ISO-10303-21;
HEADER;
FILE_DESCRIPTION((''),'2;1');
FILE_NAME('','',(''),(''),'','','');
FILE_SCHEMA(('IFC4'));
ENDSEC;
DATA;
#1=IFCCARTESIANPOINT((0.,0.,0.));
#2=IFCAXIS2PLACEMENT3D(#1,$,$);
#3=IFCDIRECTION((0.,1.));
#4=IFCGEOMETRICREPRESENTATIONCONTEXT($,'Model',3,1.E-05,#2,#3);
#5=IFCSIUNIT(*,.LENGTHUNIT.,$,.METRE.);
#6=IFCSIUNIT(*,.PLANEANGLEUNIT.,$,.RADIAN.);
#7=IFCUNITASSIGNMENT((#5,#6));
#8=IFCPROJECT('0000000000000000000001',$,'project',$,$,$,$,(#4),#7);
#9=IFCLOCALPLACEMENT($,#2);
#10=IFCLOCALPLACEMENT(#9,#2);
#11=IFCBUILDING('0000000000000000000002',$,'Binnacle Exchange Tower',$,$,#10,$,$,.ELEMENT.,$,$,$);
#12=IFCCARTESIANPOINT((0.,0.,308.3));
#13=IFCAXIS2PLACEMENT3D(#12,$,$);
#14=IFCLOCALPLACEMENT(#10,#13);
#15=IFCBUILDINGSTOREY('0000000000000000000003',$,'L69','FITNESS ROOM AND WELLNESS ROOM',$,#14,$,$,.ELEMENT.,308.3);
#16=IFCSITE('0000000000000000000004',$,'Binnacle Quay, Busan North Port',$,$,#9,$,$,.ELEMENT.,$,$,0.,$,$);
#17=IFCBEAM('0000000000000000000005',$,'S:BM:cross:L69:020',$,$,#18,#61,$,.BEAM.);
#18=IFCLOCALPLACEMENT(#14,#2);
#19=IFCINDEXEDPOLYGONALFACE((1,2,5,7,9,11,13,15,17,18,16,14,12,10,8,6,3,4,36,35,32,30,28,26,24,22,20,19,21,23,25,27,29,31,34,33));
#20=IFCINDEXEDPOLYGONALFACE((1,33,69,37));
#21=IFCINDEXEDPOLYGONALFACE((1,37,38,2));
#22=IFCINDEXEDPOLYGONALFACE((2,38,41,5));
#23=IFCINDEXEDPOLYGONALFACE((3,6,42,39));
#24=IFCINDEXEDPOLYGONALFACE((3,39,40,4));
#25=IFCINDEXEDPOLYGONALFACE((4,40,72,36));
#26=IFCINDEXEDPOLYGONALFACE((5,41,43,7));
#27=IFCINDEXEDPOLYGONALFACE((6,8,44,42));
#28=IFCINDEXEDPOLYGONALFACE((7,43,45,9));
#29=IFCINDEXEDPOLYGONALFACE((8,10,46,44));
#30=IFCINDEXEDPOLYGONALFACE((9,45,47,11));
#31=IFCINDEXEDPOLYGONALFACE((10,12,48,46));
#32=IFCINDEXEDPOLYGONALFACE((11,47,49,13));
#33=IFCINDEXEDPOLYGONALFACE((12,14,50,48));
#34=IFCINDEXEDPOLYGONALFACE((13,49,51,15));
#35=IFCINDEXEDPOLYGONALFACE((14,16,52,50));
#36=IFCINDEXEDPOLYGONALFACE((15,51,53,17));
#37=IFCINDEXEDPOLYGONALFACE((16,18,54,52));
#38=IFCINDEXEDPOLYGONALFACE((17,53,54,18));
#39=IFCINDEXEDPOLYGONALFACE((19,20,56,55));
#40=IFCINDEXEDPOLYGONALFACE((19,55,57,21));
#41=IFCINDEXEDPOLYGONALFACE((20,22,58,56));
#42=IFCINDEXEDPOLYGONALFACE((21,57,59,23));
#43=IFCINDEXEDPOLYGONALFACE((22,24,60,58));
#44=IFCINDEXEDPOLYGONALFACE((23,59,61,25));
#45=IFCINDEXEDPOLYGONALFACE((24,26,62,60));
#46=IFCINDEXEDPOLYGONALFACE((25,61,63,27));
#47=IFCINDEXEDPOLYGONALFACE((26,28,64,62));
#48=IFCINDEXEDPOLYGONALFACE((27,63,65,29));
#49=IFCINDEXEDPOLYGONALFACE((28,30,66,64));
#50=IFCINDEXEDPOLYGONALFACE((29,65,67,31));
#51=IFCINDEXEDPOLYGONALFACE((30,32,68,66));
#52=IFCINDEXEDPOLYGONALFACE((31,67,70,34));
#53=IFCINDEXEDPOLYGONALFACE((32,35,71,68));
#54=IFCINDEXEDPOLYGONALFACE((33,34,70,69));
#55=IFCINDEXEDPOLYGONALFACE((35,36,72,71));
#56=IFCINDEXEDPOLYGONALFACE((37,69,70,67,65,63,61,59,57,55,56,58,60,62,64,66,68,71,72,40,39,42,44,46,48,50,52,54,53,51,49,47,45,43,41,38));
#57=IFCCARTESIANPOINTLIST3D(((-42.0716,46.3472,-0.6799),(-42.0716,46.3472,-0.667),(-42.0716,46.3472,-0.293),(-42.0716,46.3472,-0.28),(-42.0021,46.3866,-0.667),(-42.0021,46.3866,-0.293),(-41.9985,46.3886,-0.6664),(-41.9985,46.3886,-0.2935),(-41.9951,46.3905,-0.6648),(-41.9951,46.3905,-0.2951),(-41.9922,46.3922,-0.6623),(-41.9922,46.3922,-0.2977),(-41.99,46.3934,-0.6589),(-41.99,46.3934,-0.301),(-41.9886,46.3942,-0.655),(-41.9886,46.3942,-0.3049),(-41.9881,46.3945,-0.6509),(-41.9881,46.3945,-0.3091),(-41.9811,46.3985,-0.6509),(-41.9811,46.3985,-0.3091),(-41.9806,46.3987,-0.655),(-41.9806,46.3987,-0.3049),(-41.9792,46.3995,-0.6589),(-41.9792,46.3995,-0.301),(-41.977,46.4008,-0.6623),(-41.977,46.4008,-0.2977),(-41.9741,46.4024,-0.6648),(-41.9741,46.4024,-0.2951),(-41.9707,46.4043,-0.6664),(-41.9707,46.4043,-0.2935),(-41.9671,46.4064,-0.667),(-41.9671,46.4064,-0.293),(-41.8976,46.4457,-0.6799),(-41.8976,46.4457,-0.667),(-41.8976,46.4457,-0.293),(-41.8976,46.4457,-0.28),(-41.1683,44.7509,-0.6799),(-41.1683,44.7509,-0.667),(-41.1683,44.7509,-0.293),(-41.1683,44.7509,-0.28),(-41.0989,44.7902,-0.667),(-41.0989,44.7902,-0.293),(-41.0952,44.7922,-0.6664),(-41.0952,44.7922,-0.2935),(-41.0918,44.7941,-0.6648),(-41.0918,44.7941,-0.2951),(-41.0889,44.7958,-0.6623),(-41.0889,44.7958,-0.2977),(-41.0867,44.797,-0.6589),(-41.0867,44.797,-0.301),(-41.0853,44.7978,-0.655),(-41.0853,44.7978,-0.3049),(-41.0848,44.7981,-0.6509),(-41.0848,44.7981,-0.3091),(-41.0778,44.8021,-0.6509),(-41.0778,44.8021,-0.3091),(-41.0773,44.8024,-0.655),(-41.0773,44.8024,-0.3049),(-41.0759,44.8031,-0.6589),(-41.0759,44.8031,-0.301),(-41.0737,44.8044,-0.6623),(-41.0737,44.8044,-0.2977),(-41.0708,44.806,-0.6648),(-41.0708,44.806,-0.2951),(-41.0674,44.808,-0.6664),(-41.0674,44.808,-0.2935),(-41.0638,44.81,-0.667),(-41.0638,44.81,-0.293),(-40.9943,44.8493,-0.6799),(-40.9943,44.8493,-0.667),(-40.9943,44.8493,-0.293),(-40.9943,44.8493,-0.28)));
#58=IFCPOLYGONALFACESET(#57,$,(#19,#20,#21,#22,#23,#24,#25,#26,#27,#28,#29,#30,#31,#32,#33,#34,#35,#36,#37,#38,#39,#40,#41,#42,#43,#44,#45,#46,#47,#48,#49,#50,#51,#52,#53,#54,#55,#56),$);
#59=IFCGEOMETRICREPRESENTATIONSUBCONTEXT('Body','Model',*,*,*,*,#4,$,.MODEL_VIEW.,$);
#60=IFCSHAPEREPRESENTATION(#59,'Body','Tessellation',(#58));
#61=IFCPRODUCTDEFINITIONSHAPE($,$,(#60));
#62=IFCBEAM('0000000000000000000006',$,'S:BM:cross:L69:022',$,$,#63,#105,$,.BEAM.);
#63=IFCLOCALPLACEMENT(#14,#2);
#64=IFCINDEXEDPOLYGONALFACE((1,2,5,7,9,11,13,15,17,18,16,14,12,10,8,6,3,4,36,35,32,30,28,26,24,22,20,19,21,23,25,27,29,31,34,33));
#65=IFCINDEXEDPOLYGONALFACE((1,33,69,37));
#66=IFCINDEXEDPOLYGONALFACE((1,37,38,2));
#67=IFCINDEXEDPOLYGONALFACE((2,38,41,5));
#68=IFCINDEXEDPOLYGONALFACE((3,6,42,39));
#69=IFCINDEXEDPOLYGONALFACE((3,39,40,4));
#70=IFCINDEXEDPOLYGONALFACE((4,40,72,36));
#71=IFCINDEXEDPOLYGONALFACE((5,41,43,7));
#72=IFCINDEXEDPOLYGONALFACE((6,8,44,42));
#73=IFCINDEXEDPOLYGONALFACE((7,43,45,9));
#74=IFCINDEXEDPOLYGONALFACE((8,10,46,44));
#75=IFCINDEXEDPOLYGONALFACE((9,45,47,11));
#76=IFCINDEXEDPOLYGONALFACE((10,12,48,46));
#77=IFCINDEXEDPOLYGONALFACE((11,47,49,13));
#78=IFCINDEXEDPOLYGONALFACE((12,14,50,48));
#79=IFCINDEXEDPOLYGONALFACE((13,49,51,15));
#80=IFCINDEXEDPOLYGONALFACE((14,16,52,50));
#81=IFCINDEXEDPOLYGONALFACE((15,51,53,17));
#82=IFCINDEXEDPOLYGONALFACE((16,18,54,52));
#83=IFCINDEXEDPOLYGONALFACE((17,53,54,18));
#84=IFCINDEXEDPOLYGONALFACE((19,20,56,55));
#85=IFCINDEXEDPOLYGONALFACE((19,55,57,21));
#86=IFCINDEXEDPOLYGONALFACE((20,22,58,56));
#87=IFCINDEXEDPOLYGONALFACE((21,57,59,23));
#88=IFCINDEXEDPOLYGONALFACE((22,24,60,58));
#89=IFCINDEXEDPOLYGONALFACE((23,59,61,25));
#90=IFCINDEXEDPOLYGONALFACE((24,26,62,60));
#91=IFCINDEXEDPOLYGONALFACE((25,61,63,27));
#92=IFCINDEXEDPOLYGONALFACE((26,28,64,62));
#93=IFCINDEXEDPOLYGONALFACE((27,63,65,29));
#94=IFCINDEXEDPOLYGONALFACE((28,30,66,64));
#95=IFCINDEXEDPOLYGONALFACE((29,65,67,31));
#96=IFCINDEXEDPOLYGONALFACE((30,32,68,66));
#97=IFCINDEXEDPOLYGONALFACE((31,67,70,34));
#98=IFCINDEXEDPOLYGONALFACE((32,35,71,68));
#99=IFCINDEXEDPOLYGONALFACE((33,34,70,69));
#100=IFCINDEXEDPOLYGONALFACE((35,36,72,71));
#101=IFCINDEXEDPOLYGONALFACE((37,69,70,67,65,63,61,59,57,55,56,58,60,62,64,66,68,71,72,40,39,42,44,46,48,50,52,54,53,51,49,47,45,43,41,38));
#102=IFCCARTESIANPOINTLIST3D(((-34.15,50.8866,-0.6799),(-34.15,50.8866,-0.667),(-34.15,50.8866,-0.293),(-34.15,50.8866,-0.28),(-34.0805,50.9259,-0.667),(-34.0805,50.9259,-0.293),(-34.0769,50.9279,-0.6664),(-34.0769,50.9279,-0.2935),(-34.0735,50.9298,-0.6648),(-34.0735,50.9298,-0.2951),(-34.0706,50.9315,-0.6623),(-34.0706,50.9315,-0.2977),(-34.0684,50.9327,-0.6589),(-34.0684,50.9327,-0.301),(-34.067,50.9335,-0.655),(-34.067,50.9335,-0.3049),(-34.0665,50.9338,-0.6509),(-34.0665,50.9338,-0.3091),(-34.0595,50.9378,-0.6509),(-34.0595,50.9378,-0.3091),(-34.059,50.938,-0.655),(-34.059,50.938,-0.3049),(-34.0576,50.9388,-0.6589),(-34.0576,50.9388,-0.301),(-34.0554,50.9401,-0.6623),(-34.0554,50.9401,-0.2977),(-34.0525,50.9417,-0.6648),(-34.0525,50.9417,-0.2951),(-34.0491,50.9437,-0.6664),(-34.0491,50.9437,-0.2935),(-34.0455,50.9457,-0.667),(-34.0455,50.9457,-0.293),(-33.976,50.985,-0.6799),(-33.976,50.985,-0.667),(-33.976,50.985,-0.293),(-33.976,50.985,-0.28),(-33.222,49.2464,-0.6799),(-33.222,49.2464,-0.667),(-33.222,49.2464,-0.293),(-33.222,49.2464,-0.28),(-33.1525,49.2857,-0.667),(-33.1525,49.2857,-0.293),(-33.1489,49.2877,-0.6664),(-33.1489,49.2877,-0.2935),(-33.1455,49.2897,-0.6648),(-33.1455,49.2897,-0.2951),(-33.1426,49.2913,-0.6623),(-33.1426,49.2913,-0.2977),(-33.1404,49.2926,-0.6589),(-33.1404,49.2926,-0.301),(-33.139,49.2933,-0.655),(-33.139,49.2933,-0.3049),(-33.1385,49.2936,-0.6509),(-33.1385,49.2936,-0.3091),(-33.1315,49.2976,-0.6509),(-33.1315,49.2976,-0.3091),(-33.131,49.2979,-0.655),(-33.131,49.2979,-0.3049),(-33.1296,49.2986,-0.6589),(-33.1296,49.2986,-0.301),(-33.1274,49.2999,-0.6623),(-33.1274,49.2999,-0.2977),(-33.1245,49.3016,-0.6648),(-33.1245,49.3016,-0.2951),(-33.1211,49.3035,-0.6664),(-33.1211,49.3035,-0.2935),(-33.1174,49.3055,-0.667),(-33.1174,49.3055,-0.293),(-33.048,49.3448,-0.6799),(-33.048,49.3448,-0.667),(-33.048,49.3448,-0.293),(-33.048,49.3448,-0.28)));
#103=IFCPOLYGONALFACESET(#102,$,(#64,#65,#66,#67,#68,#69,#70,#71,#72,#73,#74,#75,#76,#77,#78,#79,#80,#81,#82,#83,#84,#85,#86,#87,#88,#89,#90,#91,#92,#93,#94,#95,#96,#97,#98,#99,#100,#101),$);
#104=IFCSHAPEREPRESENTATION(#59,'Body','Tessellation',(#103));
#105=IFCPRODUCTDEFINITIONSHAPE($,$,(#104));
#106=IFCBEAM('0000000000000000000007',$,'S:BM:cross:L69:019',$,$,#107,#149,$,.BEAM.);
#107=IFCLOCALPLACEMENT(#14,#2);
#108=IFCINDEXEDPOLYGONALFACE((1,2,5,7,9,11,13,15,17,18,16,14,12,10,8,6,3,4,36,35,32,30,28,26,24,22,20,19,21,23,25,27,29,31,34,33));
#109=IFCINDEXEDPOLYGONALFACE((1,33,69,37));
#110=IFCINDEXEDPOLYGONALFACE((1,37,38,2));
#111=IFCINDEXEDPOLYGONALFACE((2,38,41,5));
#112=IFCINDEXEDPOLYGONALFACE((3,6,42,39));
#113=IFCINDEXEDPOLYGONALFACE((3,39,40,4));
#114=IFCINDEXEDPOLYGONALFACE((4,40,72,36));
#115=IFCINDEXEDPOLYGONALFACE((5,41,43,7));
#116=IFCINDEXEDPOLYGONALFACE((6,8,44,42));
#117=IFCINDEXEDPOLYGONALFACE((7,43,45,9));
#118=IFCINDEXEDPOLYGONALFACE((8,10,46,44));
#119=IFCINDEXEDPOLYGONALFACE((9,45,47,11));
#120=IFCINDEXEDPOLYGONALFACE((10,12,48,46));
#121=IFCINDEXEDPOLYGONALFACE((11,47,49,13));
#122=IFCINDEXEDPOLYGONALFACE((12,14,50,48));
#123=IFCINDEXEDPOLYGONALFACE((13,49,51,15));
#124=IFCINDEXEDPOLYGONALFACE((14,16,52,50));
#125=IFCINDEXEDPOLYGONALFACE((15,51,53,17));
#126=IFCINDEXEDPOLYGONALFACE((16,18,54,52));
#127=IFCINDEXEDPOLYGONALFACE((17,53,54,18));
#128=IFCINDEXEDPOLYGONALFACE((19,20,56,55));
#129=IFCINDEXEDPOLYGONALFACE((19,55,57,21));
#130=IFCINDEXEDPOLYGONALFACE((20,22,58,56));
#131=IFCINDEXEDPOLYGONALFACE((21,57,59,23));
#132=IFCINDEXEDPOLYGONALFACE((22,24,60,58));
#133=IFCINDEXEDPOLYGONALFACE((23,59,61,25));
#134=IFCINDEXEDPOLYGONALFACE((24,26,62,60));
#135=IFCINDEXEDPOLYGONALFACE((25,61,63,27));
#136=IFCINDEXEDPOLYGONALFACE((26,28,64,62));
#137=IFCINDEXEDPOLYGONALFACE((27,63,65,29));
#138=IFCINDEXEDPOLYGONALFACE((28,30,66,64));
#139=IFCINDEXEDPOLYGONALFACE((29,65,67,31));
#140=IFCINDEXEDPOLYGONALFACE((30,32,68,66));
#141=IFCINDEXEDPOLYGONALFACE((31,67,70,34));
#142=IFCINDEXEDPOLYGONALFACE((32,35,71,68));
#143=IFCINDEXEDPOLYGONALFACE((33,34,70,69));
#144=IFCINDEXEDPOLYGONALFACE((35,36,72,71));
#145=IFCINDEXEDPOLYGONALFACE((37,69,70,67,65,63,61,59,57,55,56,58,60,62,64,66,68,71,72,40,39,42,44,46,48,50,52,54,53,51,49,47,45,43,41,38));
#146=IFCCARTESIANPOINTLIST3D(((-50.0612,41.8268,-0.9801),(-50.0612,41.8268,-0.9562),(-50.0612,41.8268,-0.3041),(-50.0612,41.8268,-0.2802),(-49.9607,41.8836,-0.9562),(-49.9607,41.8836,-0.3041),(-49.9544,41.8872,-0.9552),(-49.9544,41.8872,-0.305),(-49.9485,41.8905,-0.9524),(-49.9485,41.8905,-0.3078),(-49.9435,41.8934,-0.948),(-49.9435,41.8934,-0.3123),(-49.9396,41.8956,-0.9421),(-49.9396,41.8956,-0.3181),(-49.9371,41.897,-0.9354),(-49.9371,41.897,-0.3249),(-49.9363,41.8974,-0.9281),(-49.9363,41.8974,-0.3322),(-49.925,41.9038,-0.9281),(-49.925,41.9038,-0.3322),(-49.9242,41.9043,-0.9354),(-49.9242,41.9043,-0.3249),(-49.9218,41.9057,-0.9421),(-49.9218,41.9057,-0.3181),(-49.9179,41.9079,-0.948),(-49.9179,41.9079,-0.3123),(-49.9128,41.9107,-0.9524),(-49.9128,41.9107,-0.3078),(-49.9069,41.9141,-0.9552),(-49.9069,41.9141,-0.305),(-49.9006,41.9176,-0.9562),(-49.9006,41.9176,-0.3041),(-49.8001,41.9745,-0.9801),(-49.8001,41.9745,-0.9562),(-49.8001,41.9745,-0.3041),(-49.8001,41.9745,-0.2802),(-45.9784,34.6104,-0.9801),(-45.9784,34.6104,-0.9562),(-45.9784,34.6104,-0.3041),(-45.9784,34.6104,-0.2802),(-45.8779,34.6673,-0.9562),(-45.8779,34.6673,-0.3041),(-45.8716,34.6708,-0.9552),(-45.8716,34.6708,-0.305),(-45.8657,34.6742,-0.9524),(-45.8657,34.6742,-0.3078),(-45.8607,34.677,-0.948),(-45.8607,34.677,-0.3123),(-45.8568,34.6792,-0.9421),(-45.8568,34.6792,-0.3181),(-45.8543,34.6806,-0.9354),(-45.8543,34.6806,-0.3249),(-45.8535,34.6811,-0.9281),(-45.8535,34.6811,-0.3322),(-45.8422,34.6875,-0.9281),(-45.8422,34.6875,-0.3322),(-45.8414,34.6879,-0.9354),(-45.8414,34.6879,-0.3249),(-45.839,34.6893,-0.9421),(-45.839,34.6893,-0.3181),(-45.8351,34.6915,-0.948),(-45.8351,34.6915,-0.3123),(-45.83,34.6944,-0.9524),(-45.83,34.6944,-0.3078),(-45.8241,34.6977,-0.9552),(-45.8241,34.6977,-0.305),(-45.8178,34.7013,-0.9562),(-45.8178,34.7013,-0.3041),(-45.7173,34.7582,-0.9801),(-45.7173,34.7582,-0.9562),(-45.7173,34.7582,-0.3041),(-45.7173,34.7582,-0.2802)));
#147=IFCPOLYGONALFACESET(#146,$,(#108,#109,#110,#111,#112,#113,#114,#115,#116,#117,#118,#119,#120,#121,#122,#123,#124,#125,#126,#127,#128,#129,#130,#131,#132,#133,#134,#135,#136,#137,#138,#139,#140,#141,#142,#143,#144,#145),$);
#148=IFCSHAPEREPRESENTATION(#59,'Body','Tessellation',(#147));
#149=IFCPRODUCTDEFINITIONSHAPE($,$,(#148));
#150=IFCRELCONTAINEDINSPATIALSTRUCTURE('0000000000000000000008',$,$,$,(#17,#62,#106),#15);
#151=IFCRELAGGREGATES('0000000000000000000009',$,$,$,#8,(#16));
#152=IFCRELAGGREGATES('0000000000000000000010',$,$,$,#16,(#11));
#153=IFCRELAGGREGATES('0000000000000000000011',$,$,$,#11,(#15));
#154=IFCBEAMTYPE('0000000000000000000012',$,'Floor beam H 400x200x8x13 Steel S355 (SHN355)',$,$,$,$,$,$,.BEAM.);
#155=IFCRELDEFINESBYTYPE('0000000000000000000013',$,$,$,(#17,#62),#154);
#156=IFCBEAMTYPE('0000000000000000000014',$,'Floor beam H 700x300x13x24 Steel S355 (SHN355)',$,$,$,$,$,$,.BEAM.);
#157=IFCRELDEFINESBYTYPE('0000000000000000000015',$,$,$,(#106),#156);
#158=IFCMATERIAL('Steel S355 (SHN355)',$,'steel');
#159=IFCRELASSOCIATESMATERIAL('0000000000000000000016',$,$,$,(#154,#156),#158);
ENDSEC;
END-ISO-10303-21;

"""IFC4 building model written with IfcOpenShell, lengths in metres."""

from ifc_helpers import new_model, si_unit, direction, frame, origin, origin_2d, place, context, subcontext, project, spatial, i_section, extrude, material, material_profile, profile_set, type_object, element, save


model = new_model("IFC4")

# Units and contexts
model_context = context("Model", 3, precision=1e-05, world=origin(), true_north=direction((0.0, 1.0)))
body_context = subcontext(model_context, "Body", "Model", "MODEL_VIEW")
ifc_project = project(units=[si_unit("LENGTHUNIT", "METRE"), si_unit("PLANEANGLEUNIT", "RADIAN")], contexts=[model_context])

# Site, building, storey
site_placement = place(None, origin())
site = spatial("IfcSite", under=ifc_project, at=site_placement, Name="Binnacle Quay, Busan North Port", CompositionType="ELEMENT", RefElevation=0.0)
building_placement = place(site_placement, origin())
building = spatial("IfcBuilding", under=site, at=building_placement, Name="Binnacle Exchange Tower", CompositionType="ELEMENT")
storey_placement = place(building_placement, frame((0.0, 0.0, 308.3)))
storey = spatial("IfcBuildingStorey", under=building, at=storey_placement, Name="L69", Description="FITNESS ROOM AND WELLNESS ROOM", CompositionType="ELEMENT", Elevation=308.3)

# Beams
ifc_material_1 = material(Name="Steel S355 (SHN355)", Category="steel")
ifc_material_profile_1 = material_profile(ifc_material_1, i_section(OverallWidth=0.2, OverallDepth=0.3999, WebThickness=0.0081, FlangeThickness=0.0129, FilletRadius=0.0161, at=origin_2d()), Name="H 400x200x8x13")
ifc_profile_set_1 = profile_set([ifc_material_profile_1], Name="Steel S355 (SHN355)")
beam_type_1 = type_object("IfcBeamType", Name="Floor beam H 400x200x8x13 Steel S355 (SHN355)", PredefinedType="BEAM", material=ifc_profile_set_1)
beam_1_placement = place(storey_placement, frame((-41.9846, 46.3965, -0.48), z_axis=(0.492465, -0.870332, 0.0), x_axis=(0.870332, 0.492465, 0.0)))
element("IfcBeam", 1, at=beam_1_placement, inside=storey, type_object=beam_type_1, Name="S:BM:cross:L69:020", PredefinedType="BEAM", context=body_context, shape_type="SweptSolid", body=[
    extrude(i_section(OverallWidth=0.2, OverallDepth=0.3999, WebThickness=0.0081, FlangeThickness=0.0129, FilletRadius=0.0161, at=origin_2d()), origin(), (0.0, 0.0, 1.0), 1.8342),
])
beam_2_placement = place(storey_placement, frame((-34.063, 50.9358, -0.48), z_axis=(0.492437, -0.870348, 0.0), x_axis=(0.870348, 0.492437, 0.0)))
element("IfcBeam", 2, at=beam_2_placement, inside=storey, type_object=beam_type_1, Name="S:BM:cross:L69:022", PredefinedType="BEAM", context=body_context, shape_type="SweptSolid", body=[
    extrude(i_section(OverallWidth=0.2, OverallDepth=0.3999, WebThickness=0.0081, FlangeThickness=0.0129, FilletRadius=0.0161, at=origin_2d()), origin(), (0.0, 0.0, 1.0), 1.8845),
])
ifc_material_profile_2 = material_profile(ifc_material_1, i_section(OverallWidth=0.3, OverallDepth=0.7, WebThickness=0.0129, FlangeThickness=0.0239, FilletRadius=0.0281, at=origin_2d()), Name="H 700x300x13x24")
ifc_profile_set_2 = profile_set([ifc_material_profile_2], Name="Steel S355 (SHN355)")
beam_type_2 = type_object("IfcBeamType", Name="Floor beam H 700x300x13x24 Steel S355 (SHN355)", PredefinedType="BEAM", material=ifc_profile_set_2)
beam_3_placement = place(storey_placement, frame((-49.9307, 41.9006, -0.6301), z_axis=(0.492421, -0.870357, 0.0), x_axis=(0.870357, 0.492421, 0.0)))
element("IfcBeam", 3, at=beam_3_placement, inside=storey, type_object=beam_type_2, Name="S:BM:cross:L69:019", PredefinedType="BEAM", context=body_context, shape_type="SweptSolid", body=[
    extrude(i_section(OverallWidth=0.3, OverallDepth=0.7, WebThickness=0.0129, FlangeThickness=0.0239, FilletRadius=0.0281, at=origin_2d()), origin(), (0.0, 0.0, 1.0), 8.2913),
])

save(model, "model.ifc")
